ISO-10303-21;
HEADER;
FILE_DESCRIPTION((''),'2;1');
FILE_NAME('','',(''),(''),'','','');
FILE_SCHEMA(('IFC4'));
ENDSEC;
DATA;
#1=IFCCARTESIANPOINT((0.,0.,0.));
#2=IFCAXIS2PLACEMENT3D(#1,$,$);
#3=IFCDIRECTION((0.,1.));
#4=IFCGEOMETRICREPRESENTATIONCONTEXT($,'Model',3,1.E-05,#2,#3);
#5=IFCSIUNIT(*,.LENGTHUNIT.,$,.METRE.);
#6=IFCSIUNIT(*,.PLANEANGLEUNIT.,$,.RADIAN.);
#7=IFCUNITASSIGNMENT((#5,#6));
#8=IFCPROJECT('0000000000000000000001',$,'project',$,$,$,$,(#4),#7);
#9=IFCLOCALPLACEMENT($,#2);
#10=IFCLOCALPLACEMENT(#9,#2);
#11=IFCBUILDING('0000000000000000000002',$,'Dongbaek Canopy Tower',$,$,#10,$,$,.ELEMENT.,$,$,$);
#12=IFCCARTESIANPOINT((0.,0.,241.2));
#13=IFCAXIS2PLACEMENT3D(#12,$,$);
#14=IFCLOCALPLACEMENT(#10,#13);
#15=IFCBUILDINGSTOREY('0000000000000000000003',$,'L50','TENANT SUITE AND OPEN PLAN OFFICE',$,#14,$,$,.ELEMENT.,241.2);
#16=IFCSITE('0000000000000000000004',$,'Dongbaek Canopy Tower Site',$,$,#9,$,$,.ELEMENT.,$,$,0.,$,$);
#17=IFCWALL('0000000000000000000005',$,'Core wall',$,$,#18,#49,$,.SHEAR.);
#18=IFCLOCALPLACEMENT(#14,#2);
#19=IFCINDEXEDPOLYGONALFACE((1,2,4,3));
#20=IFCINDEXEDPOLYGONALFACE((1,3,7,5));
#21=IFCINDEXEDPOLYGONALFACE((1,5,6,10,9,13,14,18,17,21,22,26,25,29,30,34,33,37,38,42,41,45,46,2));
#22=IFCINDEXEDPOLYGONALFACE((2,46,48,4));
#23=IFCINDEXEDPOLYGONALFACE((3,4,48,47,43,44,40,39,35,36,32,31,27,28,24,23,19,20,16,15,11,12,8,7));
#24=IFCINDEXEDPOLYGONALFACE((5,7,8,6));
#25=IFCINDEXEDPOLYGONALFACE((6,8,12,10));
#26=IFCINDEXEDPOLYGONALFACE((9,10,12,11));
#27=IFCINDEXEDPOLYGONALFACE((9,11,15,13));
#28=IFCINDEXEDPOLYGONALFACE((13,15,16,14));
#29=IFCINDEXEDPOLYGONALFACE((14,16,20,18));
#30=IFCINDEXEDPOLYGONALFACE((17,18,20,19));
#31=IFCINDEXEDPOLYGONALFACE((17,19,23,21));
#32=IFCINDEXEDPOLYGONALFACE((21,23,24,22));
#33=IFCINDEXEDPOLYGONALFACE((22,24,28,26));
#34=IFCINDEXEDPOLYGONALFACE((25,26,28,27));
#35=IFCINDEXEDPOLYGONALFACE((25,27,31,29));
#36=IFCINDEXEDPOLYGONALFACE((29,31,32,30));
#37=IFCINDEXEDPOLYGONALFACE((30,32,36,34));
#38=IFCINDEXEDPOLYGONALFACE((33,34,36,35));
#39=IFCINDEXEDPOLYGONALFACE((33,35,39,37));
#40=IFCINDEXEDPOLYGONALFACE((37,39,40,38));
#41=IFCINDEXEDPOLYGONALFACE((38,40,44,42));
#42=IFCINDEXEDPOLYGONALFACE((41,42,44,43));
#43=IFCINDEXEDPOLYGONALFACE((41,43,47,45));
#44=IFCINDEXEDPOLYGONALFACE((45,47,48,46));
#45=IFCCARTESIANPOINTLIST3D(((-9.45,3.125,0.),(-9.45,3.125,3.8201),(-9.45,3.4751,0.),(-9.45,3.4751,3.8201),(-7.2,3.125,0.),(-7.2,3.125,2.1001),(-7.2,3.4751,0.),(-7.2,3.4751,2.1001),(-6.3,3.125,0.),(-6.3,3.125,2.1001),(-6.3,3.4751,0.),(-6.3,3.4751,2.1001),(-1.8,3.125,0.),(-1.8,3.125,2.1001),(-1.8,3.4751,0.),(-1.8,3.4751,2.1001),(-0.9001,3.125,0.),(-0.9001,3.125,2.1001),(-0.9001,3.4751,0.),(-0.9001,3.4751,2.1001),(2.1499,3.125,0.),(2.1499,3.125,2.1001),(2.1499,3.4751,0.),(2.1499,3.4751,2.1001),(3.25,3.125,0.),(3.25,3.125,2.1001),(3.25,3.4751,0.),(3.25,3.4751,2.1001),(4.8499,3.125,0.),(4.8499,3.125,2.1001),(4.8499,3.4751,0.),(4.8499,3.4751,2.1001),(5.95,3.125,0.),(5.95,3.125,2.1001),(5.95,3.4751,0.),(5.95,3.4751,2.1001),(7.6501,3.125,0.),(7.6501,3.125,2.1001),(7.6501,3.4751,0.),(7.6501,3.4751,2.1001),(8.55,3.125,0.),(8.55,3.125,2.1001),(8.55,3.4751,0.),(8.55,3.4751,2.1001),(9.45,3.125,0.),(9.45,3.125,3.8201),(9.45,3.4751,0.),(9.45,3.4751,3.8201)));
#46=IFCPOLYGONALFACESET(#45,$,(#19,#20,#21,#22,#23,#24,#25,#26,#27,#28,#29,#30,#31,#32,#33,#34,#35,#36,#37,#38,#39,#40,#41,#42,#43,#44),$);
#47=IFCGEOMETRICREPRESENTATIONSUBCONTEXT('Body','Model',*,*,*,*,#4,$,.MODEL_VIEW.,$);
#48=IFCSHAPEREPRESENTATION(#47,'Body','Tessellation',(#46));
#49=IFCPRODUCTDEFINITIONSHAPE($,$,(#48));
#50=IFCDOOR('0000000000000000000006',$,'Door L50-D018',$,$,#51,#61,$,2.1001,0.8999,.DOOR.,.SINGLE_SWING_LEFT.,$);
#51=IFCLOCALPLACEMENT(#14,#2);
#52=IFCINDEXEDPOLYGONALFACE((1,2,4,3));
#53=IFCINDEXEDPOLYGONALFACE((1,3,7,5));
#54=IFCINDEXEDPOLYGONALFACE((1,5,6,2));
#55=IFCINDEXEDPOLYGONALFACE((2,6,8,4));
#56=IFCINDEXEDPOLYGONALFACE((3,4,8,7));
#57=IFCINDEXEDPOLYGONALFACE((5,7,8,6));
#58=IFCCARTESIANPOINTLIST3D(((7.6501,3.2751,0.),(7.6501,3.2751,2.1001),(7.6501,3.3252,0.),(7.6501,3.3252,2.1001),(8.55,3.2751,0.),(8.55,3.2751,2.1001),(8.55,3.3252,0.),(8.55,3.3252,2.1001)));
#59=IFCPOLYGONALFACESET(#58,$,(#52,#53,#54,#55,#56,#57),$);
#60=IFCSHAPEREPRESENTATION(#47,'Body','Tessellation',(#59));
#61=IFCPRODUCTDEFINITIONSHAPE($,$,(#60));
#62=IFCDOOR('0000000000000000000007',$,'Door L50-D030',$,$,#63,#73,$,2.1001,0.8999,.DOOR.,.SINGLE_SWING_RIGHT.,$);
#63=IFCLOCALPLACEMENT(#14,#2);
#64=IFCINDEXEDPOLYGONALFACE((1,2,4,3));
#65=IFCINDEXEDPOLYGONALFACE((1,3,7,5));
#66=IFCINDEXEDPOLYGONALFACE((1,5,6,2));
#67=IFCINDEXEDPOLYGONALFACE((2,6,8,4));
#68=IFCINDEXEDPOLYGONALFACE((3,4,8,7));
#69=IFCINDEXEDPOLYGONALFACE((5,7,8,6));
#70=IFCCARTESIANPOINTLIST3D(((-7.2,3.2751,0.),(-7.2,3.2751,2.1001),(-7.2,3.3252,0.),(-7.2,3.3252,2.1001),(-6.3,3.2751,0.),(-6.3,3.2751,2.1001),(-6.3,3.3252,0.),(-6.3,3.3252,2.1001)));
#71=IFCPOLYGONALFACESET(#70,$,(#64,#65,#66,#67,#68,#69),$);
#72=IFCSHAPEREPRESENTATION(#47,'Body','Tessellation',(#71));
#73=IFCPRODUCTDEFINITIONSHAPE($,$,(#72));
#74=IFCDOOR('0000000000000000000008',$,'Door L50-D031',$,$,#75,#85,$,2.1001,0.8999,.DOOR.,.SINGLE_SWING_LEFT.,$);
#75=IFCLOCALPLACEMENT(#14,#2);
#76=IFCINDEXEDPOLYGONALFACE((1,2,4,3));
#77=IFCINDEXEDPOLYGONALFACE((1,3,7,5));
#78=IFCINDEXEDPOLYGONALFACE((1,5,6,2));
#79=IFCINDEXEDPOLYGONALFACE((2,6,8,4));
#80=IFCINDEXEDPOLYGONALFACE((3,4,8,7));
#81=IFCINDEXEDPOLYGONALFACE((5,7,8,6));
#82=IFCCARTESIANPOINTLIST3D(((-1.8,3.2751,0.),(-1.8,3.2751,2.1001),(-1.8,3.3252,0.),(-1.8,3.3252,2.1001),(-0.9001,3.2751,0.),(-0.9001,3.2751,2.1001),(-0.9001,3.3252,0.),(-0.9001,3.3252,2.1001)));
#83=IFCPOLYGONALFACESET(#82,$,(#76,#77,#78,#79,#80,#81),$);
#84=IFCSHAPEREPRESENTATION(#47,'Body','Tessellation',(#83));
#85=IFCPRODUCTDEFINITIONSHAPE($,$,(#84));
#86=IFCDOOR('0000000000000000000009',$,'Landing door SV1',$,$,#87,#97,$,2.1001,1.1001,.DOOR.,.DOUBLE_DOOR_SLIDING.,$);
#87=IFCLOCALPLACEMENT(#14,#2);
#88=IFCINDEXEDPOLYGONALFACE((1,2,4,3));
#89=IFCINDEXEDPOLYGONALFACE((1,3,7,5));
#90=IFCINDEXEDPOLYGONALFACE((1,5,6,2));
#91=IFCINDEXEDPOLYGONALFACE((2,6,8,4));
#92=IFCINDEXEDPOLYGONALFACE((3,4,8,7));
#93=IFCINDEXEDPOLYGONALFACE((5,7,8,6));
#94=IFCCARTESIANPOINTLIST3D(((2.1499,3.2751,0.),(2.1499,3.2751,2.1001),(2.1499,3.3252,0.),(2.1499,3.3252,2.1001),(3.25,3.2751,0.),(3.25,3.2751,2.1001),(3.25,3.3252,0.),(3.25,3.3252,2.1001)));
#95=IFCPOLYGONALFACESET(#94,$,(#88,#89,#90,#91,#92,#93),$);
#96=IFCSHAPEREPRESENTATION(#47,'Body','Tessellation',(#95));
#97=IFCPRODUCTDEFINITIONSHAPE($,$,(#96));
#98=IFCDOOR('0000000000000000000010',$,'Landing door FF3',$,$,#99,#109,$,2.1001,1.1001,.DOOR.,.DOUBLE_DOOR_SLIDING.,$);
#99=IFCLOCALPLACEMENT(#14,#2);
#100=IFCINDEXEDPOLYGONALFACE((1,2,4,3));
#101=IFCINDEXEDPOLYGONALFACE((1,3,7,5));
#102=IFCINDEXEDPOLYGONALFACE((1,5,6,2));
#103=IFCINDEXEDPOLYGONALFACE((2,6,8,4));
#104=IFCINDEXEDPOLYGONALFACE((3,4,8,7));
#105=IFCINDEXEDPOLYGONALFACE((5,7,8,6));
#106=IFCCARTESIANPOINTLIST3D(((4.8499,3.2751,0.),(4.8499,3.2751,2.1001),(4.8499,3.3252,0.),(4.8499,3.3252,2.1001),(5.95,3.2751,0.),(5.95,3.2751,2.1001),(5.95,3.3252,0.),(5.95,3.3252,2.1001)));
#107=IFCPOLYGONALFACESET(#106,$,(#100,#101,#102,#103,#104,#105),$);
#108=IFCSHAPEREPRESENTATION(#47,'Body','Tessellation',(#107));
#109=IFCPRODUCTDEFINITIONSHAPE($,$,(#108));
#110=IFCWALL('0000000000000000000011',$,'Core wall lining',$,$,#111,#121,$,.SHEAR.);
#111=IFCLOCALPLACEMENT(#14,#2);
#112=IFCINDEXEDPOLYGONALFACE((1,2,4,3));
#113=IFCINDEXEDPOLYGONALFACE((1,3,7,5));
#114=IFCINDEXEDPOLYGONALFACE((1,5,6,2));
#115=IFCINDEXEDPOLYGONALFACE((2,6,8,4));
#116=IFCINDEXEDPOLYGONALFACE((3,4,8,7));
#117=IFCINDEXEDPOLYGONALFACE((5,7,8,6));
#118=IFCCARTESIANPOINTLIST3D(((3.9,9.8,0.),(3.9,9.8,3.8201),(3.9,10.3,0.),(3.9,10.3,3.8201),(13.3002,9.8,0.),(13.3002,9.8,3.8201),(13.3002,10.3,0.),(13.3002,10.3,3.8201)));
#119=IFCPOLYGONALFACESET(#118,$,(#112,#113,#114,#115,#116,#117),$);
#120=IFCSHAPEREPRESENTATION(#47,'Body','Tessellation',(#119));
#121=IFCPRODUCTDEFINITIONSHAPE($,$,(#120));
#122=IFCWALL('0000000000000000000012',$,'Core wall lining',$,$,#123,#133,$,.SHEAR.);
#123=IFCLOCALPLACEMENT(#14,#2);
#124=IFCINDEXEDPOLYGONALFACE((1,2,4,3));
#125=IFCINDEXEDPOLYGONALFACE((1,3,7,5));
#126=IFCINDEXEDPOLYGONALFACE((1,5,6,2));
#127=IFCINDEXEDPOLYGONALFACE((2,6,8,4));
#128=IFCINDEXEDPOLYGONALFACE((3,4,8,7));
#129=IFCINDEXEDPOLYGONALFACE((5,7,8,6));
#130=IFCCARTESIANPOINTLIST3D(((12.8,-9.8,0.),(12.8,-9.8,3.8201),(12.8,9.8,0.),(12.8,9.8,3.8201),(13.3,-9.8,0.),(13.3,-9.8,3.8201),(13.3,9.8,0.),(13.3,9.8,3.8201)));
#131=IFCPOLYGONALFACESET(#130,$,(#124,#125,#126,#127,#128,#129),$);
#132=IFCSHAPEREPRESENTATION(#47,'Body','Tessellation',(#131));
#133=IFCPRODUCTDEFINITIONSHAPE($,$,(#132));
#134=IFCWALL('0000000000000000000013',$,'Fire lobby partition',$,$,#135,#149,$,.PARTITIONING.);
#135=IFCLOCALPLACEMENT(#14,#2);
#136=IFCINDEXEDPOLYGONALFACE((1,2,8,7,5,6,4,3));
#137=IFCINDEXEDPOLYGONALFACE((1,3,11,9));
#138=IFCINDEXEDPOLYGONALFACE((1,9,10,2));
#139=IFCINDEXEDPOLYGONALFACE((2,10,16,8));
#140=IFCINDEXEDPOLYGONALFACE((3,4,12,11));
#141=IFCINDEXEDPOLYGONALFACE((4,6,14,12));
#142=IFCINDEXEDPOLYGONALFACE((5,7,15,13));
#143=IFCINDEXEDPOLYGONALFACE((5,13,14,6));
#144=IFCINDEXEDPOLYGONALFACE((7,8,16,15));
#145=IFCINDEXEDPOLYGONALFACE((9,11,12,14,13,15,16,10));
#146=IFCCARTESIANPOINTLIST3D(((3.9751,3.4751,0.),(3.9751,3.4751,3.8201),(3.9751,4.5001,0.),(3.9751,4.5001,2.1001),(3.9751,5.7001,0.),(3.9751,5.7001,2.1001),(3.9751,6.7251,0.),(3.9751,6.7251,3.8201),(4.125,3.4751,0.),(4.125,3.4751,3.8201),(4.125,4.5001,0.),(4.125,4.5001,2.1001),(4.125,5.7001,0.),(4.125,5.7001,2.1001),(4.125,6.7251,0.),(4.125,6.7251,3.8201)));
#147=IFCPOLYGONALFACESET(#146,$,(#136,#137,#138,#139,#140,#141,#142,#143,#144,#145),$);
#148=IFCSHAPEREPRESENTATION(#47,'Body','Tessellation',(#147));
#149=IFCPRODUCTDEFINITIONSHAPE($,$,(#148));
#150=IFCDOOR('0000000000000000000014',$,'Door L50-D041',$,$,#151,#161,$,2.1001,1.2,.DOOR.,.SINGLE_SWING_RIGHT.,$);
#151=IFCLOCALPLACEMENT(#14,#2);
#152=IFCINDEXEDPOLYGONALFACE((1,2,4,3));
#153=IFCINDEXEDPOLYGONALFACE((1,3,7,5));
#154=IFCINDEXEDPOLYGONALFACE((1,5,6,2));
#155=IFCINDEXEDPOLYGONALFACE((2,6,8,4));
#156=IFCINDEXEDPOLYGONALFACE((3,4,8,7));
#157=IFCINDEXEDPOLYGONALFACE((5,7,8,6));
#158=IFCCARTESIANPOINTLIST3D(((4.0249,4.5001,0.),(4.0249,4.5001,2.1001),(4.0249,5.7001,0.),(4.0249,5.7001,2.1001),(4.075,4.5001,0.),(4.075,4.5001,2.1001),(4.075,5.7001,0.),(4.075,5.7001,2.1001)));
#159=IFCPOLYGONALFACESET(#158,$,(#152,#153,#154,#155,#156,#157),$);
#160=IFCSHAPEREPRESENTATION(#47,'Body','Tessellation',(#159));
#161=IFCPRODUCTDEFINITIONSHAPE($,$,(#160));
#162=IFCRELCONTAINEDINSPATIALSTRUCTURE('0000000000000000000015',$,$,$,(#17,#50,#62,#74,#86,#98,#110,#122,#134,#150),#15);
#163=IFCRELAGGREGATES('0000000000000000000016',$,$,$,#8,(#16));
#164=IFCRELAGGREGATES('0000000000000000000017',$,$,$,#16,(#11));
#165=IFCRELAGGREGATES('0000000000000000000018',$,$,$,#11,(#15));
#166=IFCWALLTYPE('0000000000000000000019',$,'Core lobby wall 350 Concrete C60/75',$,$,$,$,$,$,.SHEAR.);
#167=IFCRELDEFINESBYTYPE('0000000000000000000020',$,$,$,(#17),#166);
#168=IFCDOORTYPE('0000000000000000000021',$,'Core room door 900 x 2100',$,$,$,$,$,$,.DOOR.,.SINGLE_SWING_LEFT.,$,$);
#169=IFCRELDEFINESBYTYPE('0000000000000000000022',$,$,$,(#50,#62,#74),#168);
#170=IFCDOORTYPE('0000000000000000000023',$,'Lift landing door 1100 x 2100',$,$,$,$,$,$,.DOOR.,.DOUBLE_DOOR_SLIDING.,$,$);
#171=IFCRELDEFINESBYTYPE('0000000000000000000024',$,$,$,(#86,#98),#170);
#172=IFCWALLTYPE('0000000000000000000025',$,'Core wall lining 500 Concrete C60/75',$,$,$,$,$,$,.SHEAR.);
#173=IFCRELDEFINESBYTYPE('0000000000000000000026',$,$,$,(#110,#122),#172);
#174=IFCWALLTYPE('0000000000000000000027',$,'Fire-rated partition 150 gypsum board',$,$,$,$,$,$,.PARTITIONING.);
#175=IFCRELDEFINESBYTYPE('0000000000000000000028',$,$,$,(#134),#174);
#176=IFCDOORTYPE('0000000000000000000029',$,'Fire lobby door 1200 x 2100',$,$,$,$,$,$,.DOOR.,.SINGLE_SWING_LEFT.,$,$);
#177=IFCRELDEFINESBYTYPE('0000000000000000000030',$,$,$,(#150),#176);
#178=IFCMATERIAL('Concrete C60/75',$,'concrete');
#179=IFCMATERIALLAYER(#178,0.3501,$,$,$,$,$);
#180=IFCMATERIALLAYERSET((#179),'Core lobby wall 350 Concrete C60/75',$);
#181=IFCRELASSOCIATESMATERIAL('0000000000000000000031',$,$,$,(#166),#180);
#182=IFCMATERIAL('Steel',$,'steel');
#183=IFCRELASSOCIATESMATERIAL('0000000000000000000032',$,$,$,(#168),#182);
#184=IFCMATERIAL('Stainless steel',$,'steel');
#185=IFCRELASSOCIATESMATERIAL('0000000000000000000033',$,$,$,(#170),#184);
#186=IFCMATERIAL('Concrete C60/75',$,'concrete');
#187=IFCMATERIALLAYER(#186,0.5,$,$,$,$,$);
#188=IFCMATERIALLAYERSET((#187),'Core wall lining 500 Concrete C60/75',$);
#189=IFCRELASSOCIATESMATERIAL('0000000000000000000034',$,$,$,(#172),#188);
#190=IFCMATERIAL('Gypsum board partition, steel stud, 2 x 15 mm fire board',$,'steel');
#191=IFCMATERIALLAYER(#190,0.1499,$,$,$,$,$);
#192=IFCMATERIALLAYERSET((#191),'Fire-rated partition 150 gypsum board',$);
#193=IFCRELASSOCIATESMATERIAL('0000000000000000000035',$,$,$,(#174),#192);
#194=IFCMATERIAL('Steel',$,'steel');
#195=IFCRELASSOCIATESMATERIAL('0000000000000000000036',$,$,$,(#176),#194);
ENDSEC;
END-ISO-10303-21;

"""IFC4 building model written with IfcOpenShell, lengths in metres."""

from ifc_helpers import new_model, si_unit, direction, frame, frame_2d, origin, place, context, subcontext, project, spatial, rectangle, extrude, material, layer, layer_set, type_object, element, fill, save


model = new_model("IFC4")

# Units and contexts
model_context = context("Model", 3, precision=1e-05, world=origin(), true_north=direction((0.0, 1.0)))
body_context = subcontext(model_context, "Body", "Model", "MODEL_VIEW")
ifc_project = project(units=[si_unit("LENGTHUNIT", "METRE"), si_unit("PLANEANGLEUNIT", "RADIAN")], contexts=[model_context])

# Site, building, storey
site_placement = place(None, origin())
site = spatial("IfcSite", under=ifc_project, at=site_placement, Name="Dongbaek Canopy Tower Site", CompositionType="ELEMENT", RefElevation=0.0)
building_placement = place(site_placement, origin())
building = spatial("IfcBuilding", under=site, at=building_placement, Name="Dongbaek Canopy Tower", CompositionType="ELEMENT")
storey_placement = place(building_placement, frame((0.0, 0.0, 241.2)))
storey = spatial("IfcBuildingStorey", under=building, at=storey_placement, Name="L50", Description="TENANT SUITE AND OPEN PLAN OFFICE", CompositionType="ELEMENT", Elevation=241.2)

# Wall, openings, doors
ifc_material_1 = material(Name="Concrete C60/75", Category="concrete")
ifc_layer_1 = layer(ifc_material_1, 0.3501)
ifc_layer_set_1 = layer_set([ifc_layer_1], Name="Core lobby wall 350 Concrete C60/75")
wall_type_1 = type_object("IfcWallType", Name="Core lobby wall 350 Concrete C60/75", PredefinedType="SHEAR", material=ifc_layer_set_1)
wall_1_placement = place(storey_placement, frame((9.45, 3.3, 0.0), z_axis=(0.0, 0.0, 1.0), x_axis=(-1.0, 0.0, 0.0)))
wall_1 = element("IfcWall", 1, at=wall_1_placement, inside=storey, type_object=wall_type_1, Name="Core wall", PredefinedType="SHEAR", context=body_context, shape_type="SweptSolid", body=[
    extrude(rectangle(XDim=18.8999, YDim=0.3501, at=frame_2d((9.45, 0.0))), origin(), (0.0, 0.0, 1.0), 3.8201),
])
opening_1_placement = place(wall_1_placement, frame((6.2, 0.0, 0.0)))
opening_1 = element("IfcOpeningElement", 2, at=opening_1_placement, cuts=wall_1, PredefinedType="OPENING", context=body_context, shape_type="SweptSolid", body=[
    extrude(rectangle(XDim=1.1001, YDim=2.1001, at=frame_2d((0.55, 1.05))), frame((0.0, 0.1851, 0.0), z_axis=(0.0, -1.0, 0.0), x_axis=(1.0, 0.0, 0.0)), (0.0, 0.0, 1.0), 0.3701),
])
opening_2_placement = place(wall_1_placement, frame((3.5, 0.0, 0.0)))
opening_2 = element("IfcOpeningElement", 3, at=opening_2_placement, cuts=wall_1, PredefinedType="OPENING", context=body_context, shape_type="SweptSolid", body=[
    extrude(rectangle(XDim=1.1001, YDim=2.1001, at=frame_2d((0.55, 1.05))), frame((0.0, 0.1851, 0.0), z_axis=(0.0, -1.0, 0.0), x_axis=(1.0, 0.0, 0.0)), (0.0, 0.0, 1.0), 0.3701),
])
opening_3_placement = place(wall_1_placement, frame((0.8999, 0.0, 0.0)))
opening_3 = element("IfcOpeningElement", 4, at=opening_3_placement, cuts=wall_1, PredefinedType="OPENING", context=body_context, shape_type="SweptSolid", body=[
    extrude(rectangle(XDim=0.8999, YDim=2.1001, at=frame_2d((0.45, 1.05))), frame((0.0, 0.1851, 0.0), z_axis=(0.0, -1.0, 0.0), x_axis=(1.0, 0.0, 0.0)), (0.0, 0.0, 1.0), 0.3701),
])
opening_4_placement = place(wall_1_placement, frame((15.75, 0.0, 0.0)))
opening_4 = element("IfcOpeningElement", 5, at=opening_4_placement, cuts=wall_1, PredefinedType="OPENING", context=body_context, shape_type="SweptSolid", body=[
    extrude(rectangle(XDim=0.8999, YDim=2.1001, at=frame_2d((0.45, 1.05))), frame((0.0, 0.1851, 0.0), z_axis=(0.0, -1.0, 0.0), x_axis=(1.0, 0.0, 0.0)), (0.0, 0.0, 1.0), 0.3701),
])
opening_5_placement = place(wall_1_placement, frame((10.3501, 0.0, 0.0)))
opening_5 = element("IfcOpeningElement", 6, at=opening_5_placement, cuts=wall_1, PredefinedType="OPENING", context=body_context, shape_type="SweptSolid", body=[
    extrude(rectangle(XDim=0.8999, YDim=2.1001, at=frame_2d((0.45, 1.05))), frame((0.0, 0.1851, 0.0), z_axis=(0.0, -1.0, 0.0), x_axis=(1.0, 0.0, 0.0)), (0.0, 0.0, 1.0), 0.3701),
])
ifc_material_2 = material(Name="Steel", Category="steel")
door_type_1 = type_object("IfcDoorType", Name="Core room door 900 x 2100", OperationType="SINGLE_SWING_LEFT", PredefinedType="DOOR", material=ifc_material_2)
door_1_placement = place(opening_3_placement, origin())
door_1 = element("IfcDoor", 7, at=door_1_placement, inside=storey, type_object=door_type_1, Name="Door L50-D018", OperationType="SINGLE_SWING_LEFT", OverallHeight=2.1001, OverallWidth=0.8999, PredefinedType="DOOR", context=body_context, shape_type="SweptSolid", body=[
    extrude(rectangle(XDim=0.8999, YDim=2.1001, at=frame_2d((0.45, 1.05))), frame((0.0, 0.0249, 0.0), z_axis=(0.0, -1.0, 0.0), x_axis=(1.0, 0.0, 0.0)), (0.0, 0.0, 1.0), 0.05),
])
fill(opening_3, door_1)
door_2_placement = place(opening_4_placement, origin())
door_2 = element("IfcDoor", 8, at=door_2_placement, inside=storey, type_object=door_type_1, Name="Door L50-D030", OperationType="SINGLE_SWING_RIGHT", OverallHeight=2.1001, OverallWidth=0.8999, PredefinedType="DOOR", context=body_context, shape_type="SweptSolid", body=[
    extrude(rectangle(XDim=0.8999, YDim=2.1001, at=frame_2d((0.45, 1.05))), frame((0.0, 0.0249, 0.0), z_axis=(0.0, -1.0, 0.0), x_axis=(1.0, 0.0, 0.0)), (0.0, 0.0, 1.0), 0.05),
])
fill(opening_4, door_2)
door_3_placement = place(opening_5_placement, origin())
door_3 = element("IfcDoor", 9, at=door_3_placement, inside=storey, type_object=door_type_1, Name="Door L50-D031", OperationType="SINGLE_SWING_LEFT", OverallHeight=2.1001, OverallWidth=0.8999, PredefinedType="DOOR", context=body_context, shape_type="SweptSolid", body=[
    extrude(rectangle(XDim=0.8999, YDim=2.1001, at=frame_2d((0.45, 1.05))), frame((0.0, 0.0249, 0.0), z_axis=(0.0, -1.0, 0.0), x_axis=(1.0, 0.0, 0.0)), (0.0, 0.0, 1.0), 0.05),
])
fill(opening_5, door_3)
ifc_material_3 = material(Name="Stainless steel", Category="steel")
door_type_2 = type_object("IfcDoorType", Name="Lift landing door 1100 x 2100", OperationType="DOUBLE_DOOR_SLIDING", PredefinedType="DOOR", material=ifc_material_3)
door_4_placement = place(opening_1_placement, origin())
door_4 = element("IfcDoor", 10, at=door_4_placement, inside=storey, type_object=door_type_2, Name="Landing door SV1", OperationType="DOUBLE_DOOR_SLIDING", OverallHeight=2.1001, OverallWidth=1.1001, PredefinedType="DOOR", context=body_context, shape_type="SweptSolid", body=[
    extrude(rectangle(XDim=1.1001, YDim=2.1001, at=frame_2d((0.55, 1.05))), frame((0.0, 0.0249, 0.0), z_axis=(0.0, -1.0, 0.0), x_axis=(1.0, 0.0, 0.0)), (0.0, 0.0, 1.0), 0.05),
])
fill(opening_1, door_4)
door_5_placement = place(opening_2_placement, origin())
door_5 = element("IfcDoor", 11, at=door_5_placement, inside=storey, type_object=door_type_2, Name="Landing door FF3", OperationType="DOUBLE_DOOR_SLIDING", OverallHeight=2.1001, OverallWidth=1.1001, PredefinedType="DOOR", context=body_context, shape_type="SweptSolid", body=[
    extrude(rectangle(XDim=1.1001, YDim=2.1001, at=frame_2d((0.55, 1.05))), frame((0.0, 0.0249, 0.0), z_axis=(0.0, -1.0, 0.0), x_axis=(1.0, 0.0, 0.0)), (0.0, 0.0, 1.0), 0.05),
])
fill(opening_2, door_5)

# Walls
ifc_material_4 = material(Name="Concrete C60/75", Category="concrete")
ifc_layer_2 = layer(ifc_material_4, 0.5)
ifc_layer_set_2 = layer_set([ifc_layer_2], Name="Core wall lining 500 Concrete C60/75")
wall_type_2 = type_object("IfcWallType", Name="Core wall lining 500 Concrete C60/75", PredefinedType="SHEAR", material=ifc_layer_set_2)
wall_2_placement = place(storey_placement, frame((3.8999, 10.05, 0.0), z_axis=(0.0, 0.0, 1.0), x_axis=(1.0, 0.0, 0.0)))
element("IfcWall", 12, at=wall_2_placement, inside=storey, type_object=wall_type_2, Name="Core wall lining", PredefinedType="SHEAR", context=body_context, shape_type="SweptSolid", body=[
    extrude(rectangle(XDim=9.4001, YDim=0.5, at=frame_2d((4.7002, 0.0))), origin(), (0.0, 0.0, 1.0), 3.8201),
])
wall_3_placement = place(storey_placement, frame((13.05, 9.8, 0.0), z_axis=(0.0, 0.0, 1.0), x_axis=(0.0, -1.0, 0.0)))
element("IfcWall", 13, at=wall_3_placement, inside=storey, type_object=wall_type_2, Name="Core wall lining", PredefinedType="SHEAR", context=body_context, shape_type="SweptSolid", body=[
    extrude(rectangle(XDim=19.6001, YDim=0.5, at=frame_2d((9.8, 0.0))), origin(), (0.0, 0.0, 1.0), 3.8201),
])

# Wall, opening, door
ifc_material_5 = material(Name="Gypsum board partition, steel stud, 2 x 15 mm fire board", Category="steel")
ifc_layer_3 = layer(ifc_material_5, 0.1499)
ifc_layer_set_3 = layer_set([ifc_layer_3], Name="Fire-rated partition 150 gypsum board")
wall_type_3 = type_object("IfcWallType", Name="Fire-rated partition 150 gypsum board", PredefinedType="PARTITIONING", material=ifc_layer_set_3)
wall_4_placement = place(storey_placement, frame((4.05, 6.7251, 0.0), z_axis=(0.0, 0.0, 1.0), x_axis=(0.0, -1.0, 0.0)))
wall_4 = element("IfcWall", 14, at=wall_4_placement, inside=storey, type_object=wall_type_3, Name="Fire lobby partition", PredefinedType="PARTITIONING", context=body_context, shape_type="SweptSolid", body=[
    extrude(rectangle(XDim=3.25, YDim=0.1499, at=frame_2d((1.625, 0.0))), origin(), (0.0, 0.0, 1.0), 3.8201),
])
opening_6_placement = place(wall_4_placement, frame((1.0249, 0.0, 0.0)))
opening_6 = element("IfcOpeningElement", 15, at=opening_6_placement, cuts=wall_4, PredefinedType="OPENING", context=body_context, shape_type="SweptSolid", body=[
    extrude(rectangle(XDim=1.2, YDim=2.1001, at=frame_2d((0.6001, 1.05))), frame((0.0, 0.085, 0.0), z_axis=(0.0, -1.0, 0.0), x_axis=(1.0, 0.0, 0.0)), (0.0, 0.0, 1.0), 0.1699),
])
ifc_material_6 = material(Name="Steel", Category="steel")
door_type_3 = type_object("IfcDoorType", Name="Fire lobby door 1200 x 2100", OperationType="SINGLE_SWING_LEFT", PredefinedType="DOOR", material=ifc_material_6)
door_6_placement = place(opening_6_placement, origin())
door_6 = element("IfcDoor", 16, at=door_6_placement, inside=storey, type_object=door_type_3, Name="Door L50-D041", OperationType="SINGLE_SWING_RIGHT", OverallHeight=2.1001, OverallWidth=1.2, PredefinedType="DOOR", context=body_context, shape_type="SweptSolid", body=[
    extrude(rectangle(XDim=1.2, YDim=2.1001, at=frame_2d((0.6001, 1.05))), frame((0.0, 0.0249, 0.0), z_axis=(0.0, -1.0, 0.0), x_axis=(1.0, 0.0, 0.0)), (0.0, 0.0, 1.0), 0.05),
])
fill(opening_6, door_6)

save(model, "model.ifc")
